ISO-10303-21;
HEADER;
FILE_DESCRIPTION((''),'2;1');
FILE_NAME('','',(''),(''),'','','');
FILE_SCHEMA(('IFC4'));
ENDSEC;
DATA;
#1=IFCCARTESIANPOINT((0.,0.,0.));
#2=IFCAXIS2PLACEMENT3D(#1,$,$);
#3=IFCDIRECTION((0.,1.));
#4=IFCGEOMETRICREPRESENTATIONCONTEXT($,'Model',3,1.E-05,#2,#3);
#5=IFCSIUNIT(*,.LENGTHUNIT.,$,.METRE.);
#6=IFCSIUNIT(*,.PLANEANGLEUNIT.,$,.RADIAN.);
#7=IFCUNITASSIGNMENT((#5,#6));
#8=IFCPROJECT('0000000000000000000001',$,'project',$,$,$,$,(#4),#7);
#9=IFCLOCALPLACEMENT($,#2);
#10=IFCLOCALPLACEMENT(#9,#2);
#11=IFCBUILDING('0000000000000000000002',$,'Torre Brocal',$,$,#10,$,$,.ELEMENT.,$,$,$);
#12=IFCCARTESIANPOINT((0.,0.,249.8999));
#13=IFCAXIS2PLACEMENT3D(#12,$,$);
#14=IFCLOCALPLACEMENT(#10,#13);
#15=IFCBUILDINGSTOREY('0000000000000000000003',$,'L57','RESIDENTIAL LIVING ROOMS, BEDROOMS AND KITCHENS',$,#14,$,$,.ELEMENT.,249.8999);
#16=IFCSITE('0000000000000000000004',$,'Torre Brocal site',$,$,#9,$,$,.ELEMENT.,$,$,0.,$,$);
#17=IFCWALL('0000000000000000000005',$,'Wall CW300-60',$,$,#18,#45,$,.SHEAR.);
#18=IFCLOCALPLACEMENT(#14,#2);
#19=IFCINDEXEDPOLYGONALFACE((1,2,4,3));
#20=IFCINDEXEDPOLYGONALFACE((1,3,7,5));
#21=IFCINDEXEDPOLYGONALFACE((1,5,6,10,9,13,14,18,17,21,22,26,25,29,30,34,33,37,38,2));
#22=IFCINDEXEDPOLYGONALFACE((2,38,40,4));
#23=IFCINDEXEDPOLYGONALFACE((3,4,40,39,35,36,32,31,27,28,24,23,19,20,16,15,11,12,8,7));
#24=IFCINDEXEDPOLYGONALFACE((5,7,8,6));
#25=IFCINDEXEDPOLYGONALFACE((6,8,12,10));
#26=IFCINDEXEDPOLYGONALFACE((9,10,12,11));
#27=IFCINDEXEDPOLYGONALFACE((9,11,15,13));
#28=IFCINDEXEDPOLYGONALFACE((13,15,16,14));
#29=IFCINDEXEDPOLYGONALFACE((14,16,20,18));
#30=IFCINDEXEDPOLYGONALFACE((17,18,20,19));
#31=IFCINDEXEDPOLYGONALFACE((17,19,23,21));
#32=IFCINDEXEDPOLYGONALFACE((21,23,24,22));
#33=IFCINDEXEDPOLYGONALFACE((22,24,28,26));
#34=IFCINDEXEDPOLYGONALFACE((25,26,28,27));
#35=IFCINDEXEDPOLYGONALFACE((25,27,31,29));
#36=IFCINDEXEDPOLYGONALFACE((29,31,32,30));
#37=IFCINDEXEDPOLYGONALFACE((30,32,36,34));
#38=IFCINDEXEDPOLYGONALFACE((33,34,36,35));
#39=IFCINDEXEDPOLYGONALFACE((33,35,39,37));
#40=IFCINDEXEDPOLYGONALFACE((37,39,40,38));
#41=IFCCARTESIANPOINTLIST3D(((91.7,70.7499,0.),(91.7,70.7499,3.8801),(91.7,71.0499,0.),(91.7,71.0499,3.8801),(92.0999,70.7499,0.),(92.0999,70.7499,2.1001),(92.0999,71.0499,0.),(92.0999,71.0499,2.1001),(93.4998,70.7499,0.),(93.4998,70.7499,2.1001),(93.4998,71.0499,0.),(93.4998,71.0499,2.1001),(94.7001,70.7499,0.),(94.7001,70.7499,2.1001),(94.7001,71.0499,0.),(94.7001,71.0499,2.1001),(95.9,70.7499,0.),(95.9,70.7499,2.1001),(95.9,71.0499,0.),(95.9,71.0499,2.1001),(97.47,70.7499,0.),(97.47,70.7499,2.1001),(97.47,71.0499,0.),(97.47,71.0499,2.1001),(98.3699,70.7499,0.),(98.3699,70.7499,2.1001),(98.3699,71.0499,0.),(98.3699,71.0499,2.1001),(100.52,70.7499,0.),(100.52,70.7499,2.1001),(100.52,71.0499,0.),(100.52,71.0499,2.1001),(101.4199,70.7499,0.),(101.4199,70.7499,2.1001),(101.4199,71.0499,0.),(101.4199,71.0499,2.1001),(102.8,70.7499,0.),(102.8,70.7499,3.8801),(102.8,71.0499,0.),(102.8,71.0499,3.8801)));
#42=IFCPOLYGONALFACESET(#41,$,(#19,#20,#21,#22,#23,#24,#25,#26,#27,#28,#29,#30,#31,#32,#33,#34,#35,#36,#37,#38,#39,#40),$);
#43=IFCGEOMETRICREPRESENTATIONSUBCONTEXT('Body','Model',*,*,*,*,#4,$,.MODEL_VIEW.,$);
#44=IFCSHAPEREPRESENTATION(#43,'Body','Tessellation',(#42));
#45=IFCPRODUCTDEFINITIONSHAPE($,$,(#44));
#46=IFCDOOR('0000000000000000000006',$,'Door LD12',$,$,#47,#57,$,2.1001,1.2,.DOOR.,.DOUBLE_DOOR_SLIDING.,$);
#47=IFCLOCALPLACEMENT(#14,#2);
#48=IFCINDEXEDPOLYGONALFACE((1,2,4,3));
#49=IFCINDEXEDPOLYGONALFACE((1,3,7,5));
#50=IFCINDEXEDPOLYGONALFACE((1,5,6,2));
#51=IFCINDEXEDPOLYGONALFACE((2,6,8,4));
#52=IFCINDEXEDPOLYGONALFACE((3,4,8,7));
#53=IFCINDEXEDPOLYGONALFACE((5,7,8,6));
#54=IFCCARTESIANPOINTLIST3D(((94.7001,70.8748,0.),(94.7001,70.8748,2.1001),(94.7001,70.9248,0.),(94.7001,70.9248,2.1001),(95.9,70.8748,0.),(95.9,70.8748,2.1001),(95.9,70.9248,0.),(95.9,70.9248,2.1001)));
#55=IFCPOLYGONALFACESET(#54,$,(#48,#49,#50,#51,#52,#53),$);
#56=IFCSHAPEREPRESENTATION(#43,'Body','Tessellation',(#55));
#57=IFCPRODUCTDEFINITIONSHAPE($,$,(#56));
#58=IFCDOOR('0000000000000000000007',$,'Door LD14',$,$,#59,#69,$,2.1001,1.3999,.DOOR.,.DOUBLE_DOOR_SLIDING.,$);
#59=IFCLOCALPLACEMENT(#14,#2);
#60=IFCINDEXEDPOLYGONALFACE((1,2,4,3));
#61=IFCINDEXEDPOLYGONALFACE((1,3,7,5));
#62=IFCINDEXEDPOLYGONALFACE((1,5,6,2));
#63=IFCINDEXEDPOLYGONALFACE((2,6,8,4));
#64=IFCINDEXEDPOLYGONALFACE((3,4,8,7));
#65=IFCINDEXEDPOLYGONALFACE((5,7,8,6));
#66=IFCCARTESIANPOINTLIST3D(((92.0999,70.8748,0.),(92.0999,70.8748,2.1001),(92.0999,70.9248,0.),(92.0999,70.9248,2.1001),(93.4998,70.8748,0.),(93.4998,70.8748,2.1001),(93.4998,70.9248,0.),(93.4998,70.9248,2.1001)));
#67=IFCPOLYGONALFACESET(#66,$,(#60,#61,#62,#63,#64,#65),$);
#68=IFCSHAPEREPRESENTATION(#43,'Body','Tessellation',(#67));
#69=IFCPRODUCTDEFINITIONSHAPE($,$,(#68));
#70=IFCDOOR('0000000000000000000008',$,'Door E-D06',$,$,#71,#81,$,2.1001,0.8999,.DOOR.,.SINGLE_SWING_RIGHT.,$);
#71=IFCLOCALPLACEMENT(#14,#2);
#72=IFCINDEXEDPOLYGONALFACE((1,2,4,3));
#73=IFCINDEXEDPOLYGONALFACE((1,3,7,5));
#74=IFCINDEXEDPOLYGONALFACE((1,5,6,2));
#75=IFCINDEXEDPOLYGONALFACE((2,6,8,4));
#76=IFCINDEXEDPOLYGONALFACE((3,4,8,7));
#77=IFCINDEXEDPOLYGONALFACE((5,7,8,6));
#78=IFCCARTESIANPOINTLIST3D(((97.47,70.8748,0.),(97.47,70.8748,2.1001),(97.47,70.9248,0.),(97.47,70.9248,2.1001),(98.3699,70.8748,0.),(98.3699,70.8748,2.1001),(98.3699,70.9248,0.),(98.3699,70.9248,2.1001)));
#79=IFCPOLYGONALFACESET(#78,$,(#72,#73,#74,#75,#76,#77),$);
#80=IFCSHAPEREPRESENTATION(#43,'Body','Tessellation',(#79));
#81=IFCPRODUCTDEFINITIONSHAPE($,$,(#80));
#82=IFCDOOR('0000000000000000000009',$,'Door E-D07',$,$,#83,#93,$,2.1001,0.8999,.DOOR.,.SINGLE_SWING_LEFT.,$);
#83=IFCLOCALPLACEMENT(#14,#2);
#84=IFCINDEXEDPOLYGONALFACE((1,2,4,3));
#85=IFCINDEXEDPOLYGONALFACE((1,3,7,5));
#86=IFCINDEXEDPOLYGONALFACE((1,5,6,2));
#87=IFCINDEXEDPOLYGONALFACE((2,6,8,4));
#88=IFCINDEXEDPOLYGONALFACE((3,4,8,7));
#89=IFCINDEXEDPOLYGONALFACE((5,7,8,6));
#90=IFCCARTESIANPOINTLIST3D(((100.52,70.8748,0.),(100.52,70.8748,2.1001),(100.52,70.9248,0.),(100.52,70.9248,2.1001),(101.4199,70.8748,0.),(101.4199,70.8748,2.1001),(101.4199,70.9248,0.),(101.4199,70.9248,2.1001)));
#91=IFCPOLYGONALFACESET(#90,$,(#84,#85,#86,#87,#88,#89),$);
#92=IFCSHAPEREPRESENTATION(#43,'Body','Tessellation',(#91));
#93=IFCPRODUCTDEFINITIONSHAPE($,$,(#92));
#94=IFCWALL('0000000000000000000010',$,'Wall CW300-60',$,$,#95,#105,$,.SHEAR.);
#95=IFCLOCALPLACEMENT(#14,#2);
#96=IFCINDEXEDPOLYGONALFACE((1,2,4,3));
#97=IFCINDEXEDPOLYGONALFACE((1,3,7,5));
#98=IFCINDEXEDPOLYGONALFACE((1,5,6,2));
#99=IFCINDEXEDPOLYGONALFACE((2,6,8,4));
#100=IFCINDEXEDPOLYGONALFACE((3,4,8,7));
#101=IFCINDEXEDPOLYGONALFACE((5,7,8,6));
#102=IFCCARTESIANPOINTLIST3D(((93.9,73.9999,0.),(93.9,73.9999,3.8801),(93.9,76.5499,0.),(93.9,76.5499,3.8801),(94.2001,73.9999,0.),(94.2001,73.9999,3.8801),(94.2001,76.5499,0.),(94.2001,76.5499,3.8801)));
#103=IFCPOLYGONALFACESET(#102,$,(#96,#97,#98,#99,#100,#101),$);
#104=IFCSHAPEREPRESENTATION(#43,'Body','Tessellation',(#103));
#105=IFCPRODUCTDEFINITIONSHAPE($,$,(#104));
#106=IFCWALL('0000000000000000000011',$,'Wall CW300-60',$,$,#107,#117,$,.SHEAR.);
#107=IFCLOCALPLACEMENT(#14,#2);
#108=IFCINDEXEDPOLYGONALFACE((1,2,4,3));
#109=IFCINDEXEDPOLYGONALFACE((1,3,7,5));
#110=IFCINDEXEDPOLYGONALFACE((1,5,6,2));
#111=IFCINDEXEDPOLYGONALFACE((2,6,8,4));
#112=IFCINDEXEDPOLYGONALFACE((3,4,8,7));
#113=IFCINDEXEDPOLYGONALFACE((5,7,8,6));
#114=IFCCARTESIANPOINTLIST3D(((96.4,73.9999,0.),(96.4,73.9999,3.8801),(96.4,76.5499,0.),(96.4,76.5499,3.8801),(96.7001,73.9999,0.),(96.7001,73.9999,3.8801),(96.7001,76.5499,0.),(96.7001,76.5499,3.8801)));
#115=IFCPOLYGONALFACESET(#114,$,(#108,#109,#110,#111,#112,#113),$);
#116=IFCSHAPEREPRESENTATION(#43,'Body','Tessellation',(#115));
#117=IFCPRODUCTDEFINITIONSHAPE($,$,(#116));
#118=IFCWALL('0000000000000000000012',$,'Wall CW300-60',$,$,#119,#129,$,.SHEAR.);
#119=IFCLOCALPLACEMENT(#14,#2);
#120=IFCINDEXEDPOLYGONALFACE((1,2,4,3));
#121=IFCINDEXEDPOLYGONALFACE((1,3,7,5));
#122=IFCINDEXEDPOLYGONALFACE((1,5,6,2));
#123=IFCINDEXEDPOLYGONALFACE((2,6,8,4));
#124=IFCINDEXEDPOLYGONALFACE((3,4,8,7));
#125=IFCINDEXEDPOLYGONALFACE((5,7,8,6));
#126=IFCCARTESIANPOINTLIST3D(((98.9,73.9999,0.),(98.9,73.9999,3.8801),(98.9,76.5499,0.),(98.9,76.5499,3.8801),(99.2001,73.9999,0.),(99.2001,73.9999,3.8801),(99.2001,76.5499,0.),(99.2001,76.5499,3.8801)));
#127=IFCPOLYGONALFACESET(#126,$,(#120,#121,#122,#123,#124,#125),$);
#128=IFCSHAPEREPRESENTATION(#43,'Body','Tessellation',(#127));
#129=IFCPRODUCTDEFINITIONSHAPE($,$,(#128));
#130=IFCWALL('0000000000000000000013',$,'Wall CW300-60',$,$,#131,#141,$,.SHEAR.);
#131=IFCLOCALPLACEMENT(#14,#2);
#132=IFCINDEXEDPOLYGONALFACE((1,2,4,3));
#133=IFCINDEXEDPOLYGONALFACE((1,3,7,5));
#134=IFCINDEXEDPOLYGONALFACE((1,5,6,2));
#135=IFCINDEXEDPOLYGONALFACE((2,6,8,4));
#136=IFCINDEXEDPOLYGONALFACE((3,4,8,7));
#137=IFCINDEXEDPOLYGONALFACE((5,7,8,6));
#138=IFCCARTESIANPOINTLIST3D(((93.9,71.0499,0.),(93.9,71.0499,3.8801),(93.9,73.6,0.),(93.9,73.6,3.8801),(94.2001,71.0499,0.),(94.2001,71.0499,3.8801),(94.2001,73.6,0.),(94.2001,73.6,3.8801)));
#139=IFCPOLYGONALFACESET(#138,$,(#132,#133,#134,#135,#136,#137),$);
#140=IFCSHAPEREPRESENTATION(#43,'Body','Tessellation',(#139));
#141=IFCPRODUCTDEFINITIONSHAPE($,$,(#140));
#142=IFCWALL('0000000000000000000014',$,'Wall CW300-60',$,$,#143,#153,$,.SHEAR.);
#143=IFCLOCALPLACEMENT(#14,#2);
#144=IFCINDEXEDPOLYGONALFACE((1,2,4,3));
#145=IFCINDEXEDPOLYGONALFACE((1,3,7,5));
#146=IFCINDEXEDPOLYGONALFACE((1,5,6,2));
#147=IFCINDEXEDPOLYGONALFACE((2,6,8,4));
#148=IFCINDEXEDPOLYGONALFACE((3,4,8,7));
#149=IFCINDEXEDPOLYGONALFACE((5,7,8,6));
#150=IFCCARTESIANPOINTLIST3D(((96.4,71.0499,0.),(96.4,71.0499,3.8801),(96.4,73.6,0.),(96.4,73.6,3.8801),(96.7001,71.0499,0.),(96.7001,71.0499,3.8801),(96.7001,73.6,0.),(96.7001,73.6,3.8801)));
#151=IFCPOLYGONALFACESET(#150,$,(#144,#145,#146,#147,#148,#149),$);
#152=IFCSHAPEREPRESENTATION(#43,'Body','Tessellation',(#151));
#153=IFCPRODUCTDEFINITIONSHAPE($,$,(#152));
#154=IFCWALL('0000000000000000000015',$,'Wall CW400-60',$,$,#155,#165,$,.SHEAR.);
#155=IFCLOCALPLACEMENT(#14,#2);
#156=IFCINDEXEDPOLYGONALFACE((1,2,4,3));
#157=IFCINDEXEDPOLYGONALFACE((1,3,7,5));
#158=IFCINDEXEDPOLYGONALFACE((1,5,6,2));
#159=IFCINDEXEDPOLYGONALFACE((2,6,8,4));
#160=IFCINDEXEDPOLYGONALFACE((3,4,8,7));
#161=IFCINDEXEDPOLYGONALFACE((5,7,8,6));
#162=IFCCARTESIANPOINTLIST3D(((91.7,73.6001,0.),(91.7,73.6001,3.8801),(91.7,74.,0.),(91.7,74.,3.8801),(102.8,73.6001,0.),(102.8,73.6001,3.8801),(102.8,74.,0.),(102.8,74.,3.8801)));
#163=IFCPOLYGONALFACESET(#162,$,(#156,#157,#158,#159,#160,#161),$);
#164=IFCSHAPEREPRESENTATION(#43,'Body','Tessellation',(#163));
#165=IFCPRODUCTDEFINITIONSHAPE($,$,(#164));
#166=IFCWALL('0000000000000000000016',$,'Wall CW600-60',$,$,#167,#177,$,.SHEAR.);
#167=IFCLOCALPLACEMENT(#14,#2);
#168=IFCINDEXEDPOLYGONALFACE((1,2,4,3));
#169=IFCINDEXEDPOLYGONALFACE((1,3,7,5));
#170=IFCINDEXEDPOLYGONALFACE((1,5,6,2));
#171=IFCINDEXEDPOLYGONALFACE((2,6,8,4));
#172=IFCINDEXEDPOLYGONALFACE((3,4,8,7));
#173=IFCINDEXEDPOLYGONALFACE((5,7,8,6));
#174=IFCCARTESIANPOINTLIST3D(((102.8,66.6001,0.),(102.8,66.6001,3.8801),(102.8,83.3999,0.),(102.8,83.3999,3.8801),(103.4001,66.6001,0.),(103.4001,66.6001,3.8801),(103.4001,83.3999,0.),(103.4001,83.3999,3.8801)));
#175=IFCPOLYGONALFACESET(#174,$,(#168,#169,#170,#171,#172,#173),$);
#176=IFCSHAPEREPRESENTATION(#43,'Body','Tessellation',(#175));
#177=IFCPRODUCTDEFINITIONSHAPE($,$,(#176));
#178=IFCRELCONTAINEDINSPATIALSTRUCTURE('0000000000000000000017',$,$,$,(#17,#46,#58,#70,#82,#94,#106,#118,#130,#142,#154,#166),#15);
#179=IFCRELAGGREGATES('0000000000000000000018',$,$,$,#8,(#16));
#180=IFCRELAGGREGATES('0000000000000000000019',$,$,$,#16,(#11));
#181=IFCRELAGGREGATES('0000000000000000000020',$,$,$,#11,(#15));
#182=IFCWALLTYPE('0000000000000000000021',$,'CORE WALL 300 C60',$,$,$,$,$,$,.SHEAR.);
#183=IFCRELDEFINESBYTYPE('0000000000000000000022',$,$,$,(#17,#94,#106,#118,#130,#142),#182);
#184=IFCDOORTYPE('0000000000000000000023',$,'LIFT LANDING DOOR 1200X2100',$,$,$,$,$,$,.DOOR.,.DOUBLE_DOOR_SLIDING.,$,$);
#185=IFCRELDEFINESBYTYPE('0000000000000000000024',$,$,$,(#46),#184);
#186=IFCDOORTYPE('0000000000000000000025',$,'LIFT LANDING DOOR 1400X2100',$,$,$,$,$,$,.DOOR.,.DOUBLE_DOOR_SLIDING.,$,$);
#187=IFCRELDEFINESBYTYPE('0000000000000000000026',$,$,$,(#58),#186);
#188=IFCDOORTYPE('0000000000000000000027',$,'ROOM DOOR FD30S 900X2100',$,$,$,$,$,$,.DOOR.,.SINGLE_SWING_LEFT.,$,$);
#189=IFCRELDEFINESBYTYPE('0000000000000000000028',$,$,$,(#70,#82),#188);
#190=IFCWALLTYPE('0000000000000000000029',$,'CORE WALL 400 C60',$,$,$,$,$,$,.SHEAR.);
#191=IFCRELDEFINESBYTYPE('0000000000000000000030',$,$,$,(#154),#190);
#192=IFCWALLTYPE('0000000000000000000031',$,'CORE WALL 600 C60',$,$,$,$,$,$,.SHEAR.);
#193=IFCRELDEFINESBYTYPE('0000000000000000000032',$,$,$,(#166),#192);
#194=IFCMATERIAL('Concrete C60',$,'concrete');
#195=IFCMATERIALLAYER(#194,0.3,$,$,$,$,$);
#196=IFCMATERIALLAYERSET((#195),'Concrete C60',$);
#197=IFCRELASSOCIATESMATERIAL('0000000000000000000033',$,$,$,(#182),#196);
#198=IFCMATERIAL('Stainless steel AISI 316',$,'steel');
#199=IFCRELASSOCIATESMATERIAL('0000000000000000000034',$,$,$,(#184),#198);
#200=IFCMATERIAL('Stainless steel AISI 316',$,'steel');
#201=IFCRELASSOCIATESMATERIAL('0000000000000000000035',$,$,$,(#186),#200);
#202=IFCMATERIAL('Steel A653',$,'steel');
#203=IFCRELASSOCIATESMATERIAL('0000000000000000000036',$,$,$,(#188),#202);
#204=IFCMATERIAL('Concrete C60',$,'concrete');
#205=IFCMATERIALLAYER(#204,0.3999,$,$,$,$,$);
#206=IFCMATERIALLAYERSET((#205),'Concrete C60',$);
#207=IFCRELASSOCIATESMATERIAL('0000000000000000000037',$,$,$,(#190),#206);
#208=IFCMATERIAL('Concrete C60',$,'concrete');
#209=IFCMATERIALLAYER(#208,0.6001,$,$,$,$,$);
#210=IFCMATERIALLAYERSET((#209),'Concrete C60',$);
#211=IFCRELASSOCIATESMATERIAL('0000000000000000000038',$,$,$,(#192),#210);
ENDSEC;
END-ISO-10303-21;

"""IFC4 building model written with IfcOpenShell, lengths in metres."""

from ifc_helpers import new_model, si_unit, direction, frame, frame_2d, origin, place, context, subcontext, project, spatial, rectangle, extrude, material, layer, layer_set, type_object, element, fill, save


model = new_model("IFC4")

# Units and contexts
model_context = context("Model", 3, precision=1e-05, world=origin(), true_north=direction((0.0, 1.0)))
body_context = subcontext(model_context, "Body", "Model", "MODEL_VIEW")
ifc_project = project(units=[si_unit("LENGTHUNIT", "METRE"), si_unit("PLANEANGLEUNIT", "RADIAN")], contexts=[model_context])

# Site, building, storey
site_placement = place(None, origin())
site = spatial("IfcSite", under=ifc_project, at=site_placement, Name="Torre Brocal site", CompositionType="ELEMENT", RefElevation=0.0)
building_placement = place(site_placement, origin())
building = spatial("IfcBuilding", under=site, at=building_placement, Name="Torre Brocal", CompositionType="ELEMENT")
storey_placement = place(building_placement, frame((0.0, 0.0, 249.8999)))
storey = spatial("IfcBuildingStorey", under=building, at=storey_placement, Name="L57", Description="RESIDENTIAL LIVING ROOMS, BEDROOMS AND KITCHENS", CompositionType="ELEMENT", Elevation=249.8999)

# Shared definitions
ifc_material_1 = material(Name="Concrete C60", Category="concrete")
ifc_layer_1 = layer(ifc_material_1, 0.3)
ifc_layer_set_1 = layer_set([ifc_layer_1], Name="Concrete C60")
wall_type_1 = type_object("IfcWallType", Name="CORE WALL 300 C60", PredefinedType="SHEAR", material=ifc_layer_set_1)

# Wall, openings, doors
wall_1_placement = place(storey_placement, frame((91.7, 70.8999, 0.0), z_axis=(0.0, 0.0, 1.0), x_axis=(1.0, 0.0, 0.0)))
wall_1 = element("IfcWall", 1, at=wall_1_placement, inside=storey, type_object=wall_type_1, Name="Wall CW300-60", PredefinedType="SHEAR", context=body_context, shape_type="SweptSolid", body=[
    extrude(rectangle(XDim=11.1001, YDim=0.3, at=frame_2d((5.55, 0.0))), origin(), (0.0, 0.0, 1.0), 3.8801),
])
opening_1_placement = place(wall_1_placement, frame((0.3999, 0.0, 0.0)))
opening_1 = element("IfcOpeningElement", 2, at=opening_1_placement, cuts=wall_1, PredefinedType="OPENING", context=body_context, shape_type="SweptSolid", body=[
    extrude(rectangle(XDim=1.3999, YDim=2.1001, at=frame_2d((0.7, 1.05))), frame((0.0, 0.1599, 0.0), z_axis=(0.0, -1.0, 0.0), x_axis=(1.0, 0.0, 0.0)), (0.0, 0.0, 1.0), 0.3201),
])
opening_2_placement = place(wall_1_placement, frame((3.0, 0.0, 0.0)))
opening_2 = element("IfcOpeningElement", 3, at=opening_2_placement, cuts=wall_1, PredefinedType="OPENING", context=body_context, shape_type="SweptSolid", body=[
    extrude(rectangle(XDim=1.2, YDim=2.1001, at=frame_2d((0.6001, 1.05))), frame((0.0, 0.1599, 0.0), z_axis=(0.0, -1.0, 0.0), x_axis=(1.0, 0.0, 0.0)), (0.0, 0.0, 1.0), 0.3201),
])
opening_3_placement = place(wall_1_placement, frame((5.77, 0.0, 0.0)))
opening_3 = element("IfcOpeningElement", 4, at=opening_3_placement, cuts=wall_1, PredefinedType="OPENING", context=body_context, shape_type="SweptSolid", body=[
    extrude(rectangle(XDim=0.8999, YDim=2.1001, at=frame_2d((0.45, 1.05))), frame((0.0, 0.1599, 0.0), z_axis=(0.0, -1.0, 0.0), x_axis=(1.0, 0.0, 0.0)), (0.0, 0.0, 1.0), 0.3201),
])
opening_4_placement = place(wall_1_placement, frame((8.8201, 0.0, 0.0)))
opening_4 = element("IfcOpeningElement", 5, at=opening_4_placement, cuts=wall_1, PredefinedType="OPENING", context=body_context, shape_type="SweptSolid", body=[
    extrude(rectangle(XDim=0.8999, YDim=2.1001, at=frame_2d((0.45, 1.05))), frame((0.0, 0.1599, 0.0), z_axis=(0.0, -1.0, 0.0), x_axis=(1.0, 0.0, 0.0)), (0.0, 0.0, 1.0), 0.3201),
])
ifc_material_2 = material(Name="Stainless steel AISI 316", Category="steel")
door_type_1 = type_object("IfcDoorType", Name="LIFT LANDING DOOR 1200X2100", OperationType="DOUBLE_DOOR_SLIDING", PredefinedType="DOOR", material=ifc_material_2)
door_1_placement = place(opening_2_placement, origin())
door_1 = element("IfcDoor", 6, at=door_1_placement, inside=storey, type_object=door_type_1, Name="Door LD12", OperationType="DOUBLE_DOOR_SLIDING", OverallHeight=2.1001, OverallWidth=1.2, PredefinedType="DOOR", context=body_context, shape_type="SweptSolid", body=[
    extrude(rectangle(XDim=1.2, YDim=2.1001, at=frame_2d((0.6001, 1.05))), frame((0.0, 0.0249, 0.0), z_axis=(0.0, -1.0, 0.0), x_axis=(1.0, 0.0, 0.0)), (0.0, 0.0, 1.0), 0.05),
])
fill(opening_2, door_1)
ifc_material_3 = material(Name="Stainless steel AISI 316", Category="steel")
door_type_2 = type_object("IfcDoorType", Name="LIFT LANDING DOOR 1400X2100", OperationType="DOUBLE_DOOR_SLIDING", PredefinedType="DOOR", material=ifc_material_3)
door_2_placement = place(opening_1_placement, origin())
door_2 = element("IfcDoor", 7, at=door_2_placement, inside=storey, type_object=door_type_2, Name="Door LD14", OperationType="DOUBLE_DOOR_SLIDING", OverallHeight=2.1001, OverallWidth=1.3999, PredefinedType="DOOR", context=body_context, shape_type="SweptSolid", body=[
    extrude(rectangle(XDim=1.3999, YDim=2.1001, at=frame_2d((0.7, 1.05))), frame((0.0, 0.0249, 0.0), z_axis=(0.0, -1.0, 0.0), x_axis=(1.0, 0.0, 0.0)), (0.0, 0.0, 1.0), 0.05),
])
fill(opening_1, door_2)
ifc_material_4 = material(Name="Steel A653", Category="steel")
door_type_3 = type_object("IfcDoorType", Name="ROOM DOOR FD30S 900X2100", OperationType="SINGLE_SWING_LEFT", PredefinedType="DOOR", material=ifc_material_4)
door_3_placement = place(opening_3_placement, origin())
door_3 = element("IfcDoor", 8, at=door_3_placement, inside=storey, type_object=door_type_3, Name="Door E-D06", OperationType="SINGLE_SWING_RIGHT", OverallHeight=2.1001, OverallWidth=0.8999, PredefinedType="DOOR", context=body_context, shape_type="SweptSolid", body=[
    extrude(rectangle(XDim=0.8999, YDim=2.1001, at=frame_2d((0.45, 1.05))), frame((0.0, 0.0249, 0.0), z_axis=(0.0, -1.0, 0.0), x_axis=(1.0, 0.0, 0.0)), (0.0, 0.0, 1.0), 0.05),
])
fill(opening_3, door_3)
door_4_placement = place(opening_4_placement, origin())
door_4 = element("IfcDoor", 9, at=door_4_placement, inside=storey, type_object=door_type_3, Name="Door E-D07", OperationType="SINGLE_SWING_LEFT", OverallHeight=2.1001, OverallWidth=0.8999, PredefinedType="DOOR", context=body_context, shape_type="SweptSolid", body=[
    extrude(rectangle(XDim=0.8999, YDim=2.1001, at=frame_2d((0.45, 1.05))), frame((0.0, 0.0249, 0.0), z_axis=(0.0, -1.0, 0.0), x_axis=(1.0, 0.0, 0.0)), (0.0, 0.0, 1.0), 0.05),
])
fill(opening_4, door_4)

# Walls
for number, where, z_axis, x_axis, name in (
    (10, (94.05, 74.0, 0.0), (0.0, 0.0, 1.0), (0.0, 1.0, 0.0), "Wall CW300-60"),
    (11, (96.55, 74.0, 0.0), (0.0, 0.0, 1.0), (0.0, 1.0, 0.0), "Wall CW300-60"),
    (12, (99.05, 74.0, 0.0), (0.0, 0.0, 1.0), (0.0, 1.0, 0.0), "Wall CW300-60"),
    (13, (94.05, 71.05, 0.0), (0.0, 0.0, 1.0), (0.0, 1.0, 0.0), "Wall CW300-60"),
    (14, (96.55, 71.05, 0.0), (0.0, 0.0, 1.0), (0.0, 1.0, 0.0), "Wall CW300-60"),
):
    element("IfcWall", number, at=place(storey_placement, frame(where, z_axis=z_axis, x_axis=x_axis)), inside=storey, type_object=wall_type_1, Name=name, PredefinedType="SHEAR", context=body_context, shape_type="SweptSolid", body=[
        extrude(rectangle(XDim=2.55, YDim=0.3, at=frame_2d((1.2749, 0.0))), origin(), (0.0, 0.0, 1.0), 3.8801),
    ])
ifc_material_5 = material(Name="Concrete C60", Category="concrete")
ifc_layer_2 = layer(ifc_material_5, 0.3999)
ifc_layer_set_2 = layer_set([ifc_layer_2], Name="Concrete C60")
wall_type_2 = type_object("IfcWallType", Name="CORE WALL 400 C60", PredefinedType="SHEAR", material=ifc_layer_set_2)
wall_2_placement = place(storey_placement, frame((91.7, 73.8, 0.0), z_axis=(0.0, 0.0, 1.0), x_axis=(1.0, 0.0, 0.0)))
element("IfcWall", 15, at=wall_2_placement, inside=storey, type_object=wall_type_2, Name="Wall CW400-60", PredefinedType="SHEAR", context=body_context, shape_type="SweptSolid", body=[
    extrude(rectangle(XDim=11.1001, YDim=0.3999, at=frame_2d((5.55, 0.0))), origin(), (0.0, 0.0, 1.0), 3.8801),
])
ifc_material_6 = material(Name="Concrete C60", Category="concrete")
ifc_layer_3 = layer(ifc_material_6, 0.6001)
ifc_layer_set_3 = layer_set([ifc_layer_3], Name="Concrete C60")
wall_type_3 = type_object("IfcWallType", Name="CORE WALL 600 C60", PredefinedType="SHEAR", material=ifc_layer_set_3)
wall_3_placement = place(storey_placement, frame((103.1001, 66.6001, 0.0), z_axis=(0.0, 0.0, 1.0), x_axis=(0.0, 1.0, 0.0)))
element("IfcWall", 16, at=wall_3_placement, inside=storey, type_object=wall_type_3, Name="Wall CW600-60", PredefinedType="SHEAR", context=body_context, shape_type="SweptSolid", body=[
    extrude(rectangle(XDim=16.7998, YDim=0.6001, at=frame_2d((8.3999, 0.0))), origin(), (0.0, 0.0, 1.0), 3.8801),
])

save(model, "model.ifc")
